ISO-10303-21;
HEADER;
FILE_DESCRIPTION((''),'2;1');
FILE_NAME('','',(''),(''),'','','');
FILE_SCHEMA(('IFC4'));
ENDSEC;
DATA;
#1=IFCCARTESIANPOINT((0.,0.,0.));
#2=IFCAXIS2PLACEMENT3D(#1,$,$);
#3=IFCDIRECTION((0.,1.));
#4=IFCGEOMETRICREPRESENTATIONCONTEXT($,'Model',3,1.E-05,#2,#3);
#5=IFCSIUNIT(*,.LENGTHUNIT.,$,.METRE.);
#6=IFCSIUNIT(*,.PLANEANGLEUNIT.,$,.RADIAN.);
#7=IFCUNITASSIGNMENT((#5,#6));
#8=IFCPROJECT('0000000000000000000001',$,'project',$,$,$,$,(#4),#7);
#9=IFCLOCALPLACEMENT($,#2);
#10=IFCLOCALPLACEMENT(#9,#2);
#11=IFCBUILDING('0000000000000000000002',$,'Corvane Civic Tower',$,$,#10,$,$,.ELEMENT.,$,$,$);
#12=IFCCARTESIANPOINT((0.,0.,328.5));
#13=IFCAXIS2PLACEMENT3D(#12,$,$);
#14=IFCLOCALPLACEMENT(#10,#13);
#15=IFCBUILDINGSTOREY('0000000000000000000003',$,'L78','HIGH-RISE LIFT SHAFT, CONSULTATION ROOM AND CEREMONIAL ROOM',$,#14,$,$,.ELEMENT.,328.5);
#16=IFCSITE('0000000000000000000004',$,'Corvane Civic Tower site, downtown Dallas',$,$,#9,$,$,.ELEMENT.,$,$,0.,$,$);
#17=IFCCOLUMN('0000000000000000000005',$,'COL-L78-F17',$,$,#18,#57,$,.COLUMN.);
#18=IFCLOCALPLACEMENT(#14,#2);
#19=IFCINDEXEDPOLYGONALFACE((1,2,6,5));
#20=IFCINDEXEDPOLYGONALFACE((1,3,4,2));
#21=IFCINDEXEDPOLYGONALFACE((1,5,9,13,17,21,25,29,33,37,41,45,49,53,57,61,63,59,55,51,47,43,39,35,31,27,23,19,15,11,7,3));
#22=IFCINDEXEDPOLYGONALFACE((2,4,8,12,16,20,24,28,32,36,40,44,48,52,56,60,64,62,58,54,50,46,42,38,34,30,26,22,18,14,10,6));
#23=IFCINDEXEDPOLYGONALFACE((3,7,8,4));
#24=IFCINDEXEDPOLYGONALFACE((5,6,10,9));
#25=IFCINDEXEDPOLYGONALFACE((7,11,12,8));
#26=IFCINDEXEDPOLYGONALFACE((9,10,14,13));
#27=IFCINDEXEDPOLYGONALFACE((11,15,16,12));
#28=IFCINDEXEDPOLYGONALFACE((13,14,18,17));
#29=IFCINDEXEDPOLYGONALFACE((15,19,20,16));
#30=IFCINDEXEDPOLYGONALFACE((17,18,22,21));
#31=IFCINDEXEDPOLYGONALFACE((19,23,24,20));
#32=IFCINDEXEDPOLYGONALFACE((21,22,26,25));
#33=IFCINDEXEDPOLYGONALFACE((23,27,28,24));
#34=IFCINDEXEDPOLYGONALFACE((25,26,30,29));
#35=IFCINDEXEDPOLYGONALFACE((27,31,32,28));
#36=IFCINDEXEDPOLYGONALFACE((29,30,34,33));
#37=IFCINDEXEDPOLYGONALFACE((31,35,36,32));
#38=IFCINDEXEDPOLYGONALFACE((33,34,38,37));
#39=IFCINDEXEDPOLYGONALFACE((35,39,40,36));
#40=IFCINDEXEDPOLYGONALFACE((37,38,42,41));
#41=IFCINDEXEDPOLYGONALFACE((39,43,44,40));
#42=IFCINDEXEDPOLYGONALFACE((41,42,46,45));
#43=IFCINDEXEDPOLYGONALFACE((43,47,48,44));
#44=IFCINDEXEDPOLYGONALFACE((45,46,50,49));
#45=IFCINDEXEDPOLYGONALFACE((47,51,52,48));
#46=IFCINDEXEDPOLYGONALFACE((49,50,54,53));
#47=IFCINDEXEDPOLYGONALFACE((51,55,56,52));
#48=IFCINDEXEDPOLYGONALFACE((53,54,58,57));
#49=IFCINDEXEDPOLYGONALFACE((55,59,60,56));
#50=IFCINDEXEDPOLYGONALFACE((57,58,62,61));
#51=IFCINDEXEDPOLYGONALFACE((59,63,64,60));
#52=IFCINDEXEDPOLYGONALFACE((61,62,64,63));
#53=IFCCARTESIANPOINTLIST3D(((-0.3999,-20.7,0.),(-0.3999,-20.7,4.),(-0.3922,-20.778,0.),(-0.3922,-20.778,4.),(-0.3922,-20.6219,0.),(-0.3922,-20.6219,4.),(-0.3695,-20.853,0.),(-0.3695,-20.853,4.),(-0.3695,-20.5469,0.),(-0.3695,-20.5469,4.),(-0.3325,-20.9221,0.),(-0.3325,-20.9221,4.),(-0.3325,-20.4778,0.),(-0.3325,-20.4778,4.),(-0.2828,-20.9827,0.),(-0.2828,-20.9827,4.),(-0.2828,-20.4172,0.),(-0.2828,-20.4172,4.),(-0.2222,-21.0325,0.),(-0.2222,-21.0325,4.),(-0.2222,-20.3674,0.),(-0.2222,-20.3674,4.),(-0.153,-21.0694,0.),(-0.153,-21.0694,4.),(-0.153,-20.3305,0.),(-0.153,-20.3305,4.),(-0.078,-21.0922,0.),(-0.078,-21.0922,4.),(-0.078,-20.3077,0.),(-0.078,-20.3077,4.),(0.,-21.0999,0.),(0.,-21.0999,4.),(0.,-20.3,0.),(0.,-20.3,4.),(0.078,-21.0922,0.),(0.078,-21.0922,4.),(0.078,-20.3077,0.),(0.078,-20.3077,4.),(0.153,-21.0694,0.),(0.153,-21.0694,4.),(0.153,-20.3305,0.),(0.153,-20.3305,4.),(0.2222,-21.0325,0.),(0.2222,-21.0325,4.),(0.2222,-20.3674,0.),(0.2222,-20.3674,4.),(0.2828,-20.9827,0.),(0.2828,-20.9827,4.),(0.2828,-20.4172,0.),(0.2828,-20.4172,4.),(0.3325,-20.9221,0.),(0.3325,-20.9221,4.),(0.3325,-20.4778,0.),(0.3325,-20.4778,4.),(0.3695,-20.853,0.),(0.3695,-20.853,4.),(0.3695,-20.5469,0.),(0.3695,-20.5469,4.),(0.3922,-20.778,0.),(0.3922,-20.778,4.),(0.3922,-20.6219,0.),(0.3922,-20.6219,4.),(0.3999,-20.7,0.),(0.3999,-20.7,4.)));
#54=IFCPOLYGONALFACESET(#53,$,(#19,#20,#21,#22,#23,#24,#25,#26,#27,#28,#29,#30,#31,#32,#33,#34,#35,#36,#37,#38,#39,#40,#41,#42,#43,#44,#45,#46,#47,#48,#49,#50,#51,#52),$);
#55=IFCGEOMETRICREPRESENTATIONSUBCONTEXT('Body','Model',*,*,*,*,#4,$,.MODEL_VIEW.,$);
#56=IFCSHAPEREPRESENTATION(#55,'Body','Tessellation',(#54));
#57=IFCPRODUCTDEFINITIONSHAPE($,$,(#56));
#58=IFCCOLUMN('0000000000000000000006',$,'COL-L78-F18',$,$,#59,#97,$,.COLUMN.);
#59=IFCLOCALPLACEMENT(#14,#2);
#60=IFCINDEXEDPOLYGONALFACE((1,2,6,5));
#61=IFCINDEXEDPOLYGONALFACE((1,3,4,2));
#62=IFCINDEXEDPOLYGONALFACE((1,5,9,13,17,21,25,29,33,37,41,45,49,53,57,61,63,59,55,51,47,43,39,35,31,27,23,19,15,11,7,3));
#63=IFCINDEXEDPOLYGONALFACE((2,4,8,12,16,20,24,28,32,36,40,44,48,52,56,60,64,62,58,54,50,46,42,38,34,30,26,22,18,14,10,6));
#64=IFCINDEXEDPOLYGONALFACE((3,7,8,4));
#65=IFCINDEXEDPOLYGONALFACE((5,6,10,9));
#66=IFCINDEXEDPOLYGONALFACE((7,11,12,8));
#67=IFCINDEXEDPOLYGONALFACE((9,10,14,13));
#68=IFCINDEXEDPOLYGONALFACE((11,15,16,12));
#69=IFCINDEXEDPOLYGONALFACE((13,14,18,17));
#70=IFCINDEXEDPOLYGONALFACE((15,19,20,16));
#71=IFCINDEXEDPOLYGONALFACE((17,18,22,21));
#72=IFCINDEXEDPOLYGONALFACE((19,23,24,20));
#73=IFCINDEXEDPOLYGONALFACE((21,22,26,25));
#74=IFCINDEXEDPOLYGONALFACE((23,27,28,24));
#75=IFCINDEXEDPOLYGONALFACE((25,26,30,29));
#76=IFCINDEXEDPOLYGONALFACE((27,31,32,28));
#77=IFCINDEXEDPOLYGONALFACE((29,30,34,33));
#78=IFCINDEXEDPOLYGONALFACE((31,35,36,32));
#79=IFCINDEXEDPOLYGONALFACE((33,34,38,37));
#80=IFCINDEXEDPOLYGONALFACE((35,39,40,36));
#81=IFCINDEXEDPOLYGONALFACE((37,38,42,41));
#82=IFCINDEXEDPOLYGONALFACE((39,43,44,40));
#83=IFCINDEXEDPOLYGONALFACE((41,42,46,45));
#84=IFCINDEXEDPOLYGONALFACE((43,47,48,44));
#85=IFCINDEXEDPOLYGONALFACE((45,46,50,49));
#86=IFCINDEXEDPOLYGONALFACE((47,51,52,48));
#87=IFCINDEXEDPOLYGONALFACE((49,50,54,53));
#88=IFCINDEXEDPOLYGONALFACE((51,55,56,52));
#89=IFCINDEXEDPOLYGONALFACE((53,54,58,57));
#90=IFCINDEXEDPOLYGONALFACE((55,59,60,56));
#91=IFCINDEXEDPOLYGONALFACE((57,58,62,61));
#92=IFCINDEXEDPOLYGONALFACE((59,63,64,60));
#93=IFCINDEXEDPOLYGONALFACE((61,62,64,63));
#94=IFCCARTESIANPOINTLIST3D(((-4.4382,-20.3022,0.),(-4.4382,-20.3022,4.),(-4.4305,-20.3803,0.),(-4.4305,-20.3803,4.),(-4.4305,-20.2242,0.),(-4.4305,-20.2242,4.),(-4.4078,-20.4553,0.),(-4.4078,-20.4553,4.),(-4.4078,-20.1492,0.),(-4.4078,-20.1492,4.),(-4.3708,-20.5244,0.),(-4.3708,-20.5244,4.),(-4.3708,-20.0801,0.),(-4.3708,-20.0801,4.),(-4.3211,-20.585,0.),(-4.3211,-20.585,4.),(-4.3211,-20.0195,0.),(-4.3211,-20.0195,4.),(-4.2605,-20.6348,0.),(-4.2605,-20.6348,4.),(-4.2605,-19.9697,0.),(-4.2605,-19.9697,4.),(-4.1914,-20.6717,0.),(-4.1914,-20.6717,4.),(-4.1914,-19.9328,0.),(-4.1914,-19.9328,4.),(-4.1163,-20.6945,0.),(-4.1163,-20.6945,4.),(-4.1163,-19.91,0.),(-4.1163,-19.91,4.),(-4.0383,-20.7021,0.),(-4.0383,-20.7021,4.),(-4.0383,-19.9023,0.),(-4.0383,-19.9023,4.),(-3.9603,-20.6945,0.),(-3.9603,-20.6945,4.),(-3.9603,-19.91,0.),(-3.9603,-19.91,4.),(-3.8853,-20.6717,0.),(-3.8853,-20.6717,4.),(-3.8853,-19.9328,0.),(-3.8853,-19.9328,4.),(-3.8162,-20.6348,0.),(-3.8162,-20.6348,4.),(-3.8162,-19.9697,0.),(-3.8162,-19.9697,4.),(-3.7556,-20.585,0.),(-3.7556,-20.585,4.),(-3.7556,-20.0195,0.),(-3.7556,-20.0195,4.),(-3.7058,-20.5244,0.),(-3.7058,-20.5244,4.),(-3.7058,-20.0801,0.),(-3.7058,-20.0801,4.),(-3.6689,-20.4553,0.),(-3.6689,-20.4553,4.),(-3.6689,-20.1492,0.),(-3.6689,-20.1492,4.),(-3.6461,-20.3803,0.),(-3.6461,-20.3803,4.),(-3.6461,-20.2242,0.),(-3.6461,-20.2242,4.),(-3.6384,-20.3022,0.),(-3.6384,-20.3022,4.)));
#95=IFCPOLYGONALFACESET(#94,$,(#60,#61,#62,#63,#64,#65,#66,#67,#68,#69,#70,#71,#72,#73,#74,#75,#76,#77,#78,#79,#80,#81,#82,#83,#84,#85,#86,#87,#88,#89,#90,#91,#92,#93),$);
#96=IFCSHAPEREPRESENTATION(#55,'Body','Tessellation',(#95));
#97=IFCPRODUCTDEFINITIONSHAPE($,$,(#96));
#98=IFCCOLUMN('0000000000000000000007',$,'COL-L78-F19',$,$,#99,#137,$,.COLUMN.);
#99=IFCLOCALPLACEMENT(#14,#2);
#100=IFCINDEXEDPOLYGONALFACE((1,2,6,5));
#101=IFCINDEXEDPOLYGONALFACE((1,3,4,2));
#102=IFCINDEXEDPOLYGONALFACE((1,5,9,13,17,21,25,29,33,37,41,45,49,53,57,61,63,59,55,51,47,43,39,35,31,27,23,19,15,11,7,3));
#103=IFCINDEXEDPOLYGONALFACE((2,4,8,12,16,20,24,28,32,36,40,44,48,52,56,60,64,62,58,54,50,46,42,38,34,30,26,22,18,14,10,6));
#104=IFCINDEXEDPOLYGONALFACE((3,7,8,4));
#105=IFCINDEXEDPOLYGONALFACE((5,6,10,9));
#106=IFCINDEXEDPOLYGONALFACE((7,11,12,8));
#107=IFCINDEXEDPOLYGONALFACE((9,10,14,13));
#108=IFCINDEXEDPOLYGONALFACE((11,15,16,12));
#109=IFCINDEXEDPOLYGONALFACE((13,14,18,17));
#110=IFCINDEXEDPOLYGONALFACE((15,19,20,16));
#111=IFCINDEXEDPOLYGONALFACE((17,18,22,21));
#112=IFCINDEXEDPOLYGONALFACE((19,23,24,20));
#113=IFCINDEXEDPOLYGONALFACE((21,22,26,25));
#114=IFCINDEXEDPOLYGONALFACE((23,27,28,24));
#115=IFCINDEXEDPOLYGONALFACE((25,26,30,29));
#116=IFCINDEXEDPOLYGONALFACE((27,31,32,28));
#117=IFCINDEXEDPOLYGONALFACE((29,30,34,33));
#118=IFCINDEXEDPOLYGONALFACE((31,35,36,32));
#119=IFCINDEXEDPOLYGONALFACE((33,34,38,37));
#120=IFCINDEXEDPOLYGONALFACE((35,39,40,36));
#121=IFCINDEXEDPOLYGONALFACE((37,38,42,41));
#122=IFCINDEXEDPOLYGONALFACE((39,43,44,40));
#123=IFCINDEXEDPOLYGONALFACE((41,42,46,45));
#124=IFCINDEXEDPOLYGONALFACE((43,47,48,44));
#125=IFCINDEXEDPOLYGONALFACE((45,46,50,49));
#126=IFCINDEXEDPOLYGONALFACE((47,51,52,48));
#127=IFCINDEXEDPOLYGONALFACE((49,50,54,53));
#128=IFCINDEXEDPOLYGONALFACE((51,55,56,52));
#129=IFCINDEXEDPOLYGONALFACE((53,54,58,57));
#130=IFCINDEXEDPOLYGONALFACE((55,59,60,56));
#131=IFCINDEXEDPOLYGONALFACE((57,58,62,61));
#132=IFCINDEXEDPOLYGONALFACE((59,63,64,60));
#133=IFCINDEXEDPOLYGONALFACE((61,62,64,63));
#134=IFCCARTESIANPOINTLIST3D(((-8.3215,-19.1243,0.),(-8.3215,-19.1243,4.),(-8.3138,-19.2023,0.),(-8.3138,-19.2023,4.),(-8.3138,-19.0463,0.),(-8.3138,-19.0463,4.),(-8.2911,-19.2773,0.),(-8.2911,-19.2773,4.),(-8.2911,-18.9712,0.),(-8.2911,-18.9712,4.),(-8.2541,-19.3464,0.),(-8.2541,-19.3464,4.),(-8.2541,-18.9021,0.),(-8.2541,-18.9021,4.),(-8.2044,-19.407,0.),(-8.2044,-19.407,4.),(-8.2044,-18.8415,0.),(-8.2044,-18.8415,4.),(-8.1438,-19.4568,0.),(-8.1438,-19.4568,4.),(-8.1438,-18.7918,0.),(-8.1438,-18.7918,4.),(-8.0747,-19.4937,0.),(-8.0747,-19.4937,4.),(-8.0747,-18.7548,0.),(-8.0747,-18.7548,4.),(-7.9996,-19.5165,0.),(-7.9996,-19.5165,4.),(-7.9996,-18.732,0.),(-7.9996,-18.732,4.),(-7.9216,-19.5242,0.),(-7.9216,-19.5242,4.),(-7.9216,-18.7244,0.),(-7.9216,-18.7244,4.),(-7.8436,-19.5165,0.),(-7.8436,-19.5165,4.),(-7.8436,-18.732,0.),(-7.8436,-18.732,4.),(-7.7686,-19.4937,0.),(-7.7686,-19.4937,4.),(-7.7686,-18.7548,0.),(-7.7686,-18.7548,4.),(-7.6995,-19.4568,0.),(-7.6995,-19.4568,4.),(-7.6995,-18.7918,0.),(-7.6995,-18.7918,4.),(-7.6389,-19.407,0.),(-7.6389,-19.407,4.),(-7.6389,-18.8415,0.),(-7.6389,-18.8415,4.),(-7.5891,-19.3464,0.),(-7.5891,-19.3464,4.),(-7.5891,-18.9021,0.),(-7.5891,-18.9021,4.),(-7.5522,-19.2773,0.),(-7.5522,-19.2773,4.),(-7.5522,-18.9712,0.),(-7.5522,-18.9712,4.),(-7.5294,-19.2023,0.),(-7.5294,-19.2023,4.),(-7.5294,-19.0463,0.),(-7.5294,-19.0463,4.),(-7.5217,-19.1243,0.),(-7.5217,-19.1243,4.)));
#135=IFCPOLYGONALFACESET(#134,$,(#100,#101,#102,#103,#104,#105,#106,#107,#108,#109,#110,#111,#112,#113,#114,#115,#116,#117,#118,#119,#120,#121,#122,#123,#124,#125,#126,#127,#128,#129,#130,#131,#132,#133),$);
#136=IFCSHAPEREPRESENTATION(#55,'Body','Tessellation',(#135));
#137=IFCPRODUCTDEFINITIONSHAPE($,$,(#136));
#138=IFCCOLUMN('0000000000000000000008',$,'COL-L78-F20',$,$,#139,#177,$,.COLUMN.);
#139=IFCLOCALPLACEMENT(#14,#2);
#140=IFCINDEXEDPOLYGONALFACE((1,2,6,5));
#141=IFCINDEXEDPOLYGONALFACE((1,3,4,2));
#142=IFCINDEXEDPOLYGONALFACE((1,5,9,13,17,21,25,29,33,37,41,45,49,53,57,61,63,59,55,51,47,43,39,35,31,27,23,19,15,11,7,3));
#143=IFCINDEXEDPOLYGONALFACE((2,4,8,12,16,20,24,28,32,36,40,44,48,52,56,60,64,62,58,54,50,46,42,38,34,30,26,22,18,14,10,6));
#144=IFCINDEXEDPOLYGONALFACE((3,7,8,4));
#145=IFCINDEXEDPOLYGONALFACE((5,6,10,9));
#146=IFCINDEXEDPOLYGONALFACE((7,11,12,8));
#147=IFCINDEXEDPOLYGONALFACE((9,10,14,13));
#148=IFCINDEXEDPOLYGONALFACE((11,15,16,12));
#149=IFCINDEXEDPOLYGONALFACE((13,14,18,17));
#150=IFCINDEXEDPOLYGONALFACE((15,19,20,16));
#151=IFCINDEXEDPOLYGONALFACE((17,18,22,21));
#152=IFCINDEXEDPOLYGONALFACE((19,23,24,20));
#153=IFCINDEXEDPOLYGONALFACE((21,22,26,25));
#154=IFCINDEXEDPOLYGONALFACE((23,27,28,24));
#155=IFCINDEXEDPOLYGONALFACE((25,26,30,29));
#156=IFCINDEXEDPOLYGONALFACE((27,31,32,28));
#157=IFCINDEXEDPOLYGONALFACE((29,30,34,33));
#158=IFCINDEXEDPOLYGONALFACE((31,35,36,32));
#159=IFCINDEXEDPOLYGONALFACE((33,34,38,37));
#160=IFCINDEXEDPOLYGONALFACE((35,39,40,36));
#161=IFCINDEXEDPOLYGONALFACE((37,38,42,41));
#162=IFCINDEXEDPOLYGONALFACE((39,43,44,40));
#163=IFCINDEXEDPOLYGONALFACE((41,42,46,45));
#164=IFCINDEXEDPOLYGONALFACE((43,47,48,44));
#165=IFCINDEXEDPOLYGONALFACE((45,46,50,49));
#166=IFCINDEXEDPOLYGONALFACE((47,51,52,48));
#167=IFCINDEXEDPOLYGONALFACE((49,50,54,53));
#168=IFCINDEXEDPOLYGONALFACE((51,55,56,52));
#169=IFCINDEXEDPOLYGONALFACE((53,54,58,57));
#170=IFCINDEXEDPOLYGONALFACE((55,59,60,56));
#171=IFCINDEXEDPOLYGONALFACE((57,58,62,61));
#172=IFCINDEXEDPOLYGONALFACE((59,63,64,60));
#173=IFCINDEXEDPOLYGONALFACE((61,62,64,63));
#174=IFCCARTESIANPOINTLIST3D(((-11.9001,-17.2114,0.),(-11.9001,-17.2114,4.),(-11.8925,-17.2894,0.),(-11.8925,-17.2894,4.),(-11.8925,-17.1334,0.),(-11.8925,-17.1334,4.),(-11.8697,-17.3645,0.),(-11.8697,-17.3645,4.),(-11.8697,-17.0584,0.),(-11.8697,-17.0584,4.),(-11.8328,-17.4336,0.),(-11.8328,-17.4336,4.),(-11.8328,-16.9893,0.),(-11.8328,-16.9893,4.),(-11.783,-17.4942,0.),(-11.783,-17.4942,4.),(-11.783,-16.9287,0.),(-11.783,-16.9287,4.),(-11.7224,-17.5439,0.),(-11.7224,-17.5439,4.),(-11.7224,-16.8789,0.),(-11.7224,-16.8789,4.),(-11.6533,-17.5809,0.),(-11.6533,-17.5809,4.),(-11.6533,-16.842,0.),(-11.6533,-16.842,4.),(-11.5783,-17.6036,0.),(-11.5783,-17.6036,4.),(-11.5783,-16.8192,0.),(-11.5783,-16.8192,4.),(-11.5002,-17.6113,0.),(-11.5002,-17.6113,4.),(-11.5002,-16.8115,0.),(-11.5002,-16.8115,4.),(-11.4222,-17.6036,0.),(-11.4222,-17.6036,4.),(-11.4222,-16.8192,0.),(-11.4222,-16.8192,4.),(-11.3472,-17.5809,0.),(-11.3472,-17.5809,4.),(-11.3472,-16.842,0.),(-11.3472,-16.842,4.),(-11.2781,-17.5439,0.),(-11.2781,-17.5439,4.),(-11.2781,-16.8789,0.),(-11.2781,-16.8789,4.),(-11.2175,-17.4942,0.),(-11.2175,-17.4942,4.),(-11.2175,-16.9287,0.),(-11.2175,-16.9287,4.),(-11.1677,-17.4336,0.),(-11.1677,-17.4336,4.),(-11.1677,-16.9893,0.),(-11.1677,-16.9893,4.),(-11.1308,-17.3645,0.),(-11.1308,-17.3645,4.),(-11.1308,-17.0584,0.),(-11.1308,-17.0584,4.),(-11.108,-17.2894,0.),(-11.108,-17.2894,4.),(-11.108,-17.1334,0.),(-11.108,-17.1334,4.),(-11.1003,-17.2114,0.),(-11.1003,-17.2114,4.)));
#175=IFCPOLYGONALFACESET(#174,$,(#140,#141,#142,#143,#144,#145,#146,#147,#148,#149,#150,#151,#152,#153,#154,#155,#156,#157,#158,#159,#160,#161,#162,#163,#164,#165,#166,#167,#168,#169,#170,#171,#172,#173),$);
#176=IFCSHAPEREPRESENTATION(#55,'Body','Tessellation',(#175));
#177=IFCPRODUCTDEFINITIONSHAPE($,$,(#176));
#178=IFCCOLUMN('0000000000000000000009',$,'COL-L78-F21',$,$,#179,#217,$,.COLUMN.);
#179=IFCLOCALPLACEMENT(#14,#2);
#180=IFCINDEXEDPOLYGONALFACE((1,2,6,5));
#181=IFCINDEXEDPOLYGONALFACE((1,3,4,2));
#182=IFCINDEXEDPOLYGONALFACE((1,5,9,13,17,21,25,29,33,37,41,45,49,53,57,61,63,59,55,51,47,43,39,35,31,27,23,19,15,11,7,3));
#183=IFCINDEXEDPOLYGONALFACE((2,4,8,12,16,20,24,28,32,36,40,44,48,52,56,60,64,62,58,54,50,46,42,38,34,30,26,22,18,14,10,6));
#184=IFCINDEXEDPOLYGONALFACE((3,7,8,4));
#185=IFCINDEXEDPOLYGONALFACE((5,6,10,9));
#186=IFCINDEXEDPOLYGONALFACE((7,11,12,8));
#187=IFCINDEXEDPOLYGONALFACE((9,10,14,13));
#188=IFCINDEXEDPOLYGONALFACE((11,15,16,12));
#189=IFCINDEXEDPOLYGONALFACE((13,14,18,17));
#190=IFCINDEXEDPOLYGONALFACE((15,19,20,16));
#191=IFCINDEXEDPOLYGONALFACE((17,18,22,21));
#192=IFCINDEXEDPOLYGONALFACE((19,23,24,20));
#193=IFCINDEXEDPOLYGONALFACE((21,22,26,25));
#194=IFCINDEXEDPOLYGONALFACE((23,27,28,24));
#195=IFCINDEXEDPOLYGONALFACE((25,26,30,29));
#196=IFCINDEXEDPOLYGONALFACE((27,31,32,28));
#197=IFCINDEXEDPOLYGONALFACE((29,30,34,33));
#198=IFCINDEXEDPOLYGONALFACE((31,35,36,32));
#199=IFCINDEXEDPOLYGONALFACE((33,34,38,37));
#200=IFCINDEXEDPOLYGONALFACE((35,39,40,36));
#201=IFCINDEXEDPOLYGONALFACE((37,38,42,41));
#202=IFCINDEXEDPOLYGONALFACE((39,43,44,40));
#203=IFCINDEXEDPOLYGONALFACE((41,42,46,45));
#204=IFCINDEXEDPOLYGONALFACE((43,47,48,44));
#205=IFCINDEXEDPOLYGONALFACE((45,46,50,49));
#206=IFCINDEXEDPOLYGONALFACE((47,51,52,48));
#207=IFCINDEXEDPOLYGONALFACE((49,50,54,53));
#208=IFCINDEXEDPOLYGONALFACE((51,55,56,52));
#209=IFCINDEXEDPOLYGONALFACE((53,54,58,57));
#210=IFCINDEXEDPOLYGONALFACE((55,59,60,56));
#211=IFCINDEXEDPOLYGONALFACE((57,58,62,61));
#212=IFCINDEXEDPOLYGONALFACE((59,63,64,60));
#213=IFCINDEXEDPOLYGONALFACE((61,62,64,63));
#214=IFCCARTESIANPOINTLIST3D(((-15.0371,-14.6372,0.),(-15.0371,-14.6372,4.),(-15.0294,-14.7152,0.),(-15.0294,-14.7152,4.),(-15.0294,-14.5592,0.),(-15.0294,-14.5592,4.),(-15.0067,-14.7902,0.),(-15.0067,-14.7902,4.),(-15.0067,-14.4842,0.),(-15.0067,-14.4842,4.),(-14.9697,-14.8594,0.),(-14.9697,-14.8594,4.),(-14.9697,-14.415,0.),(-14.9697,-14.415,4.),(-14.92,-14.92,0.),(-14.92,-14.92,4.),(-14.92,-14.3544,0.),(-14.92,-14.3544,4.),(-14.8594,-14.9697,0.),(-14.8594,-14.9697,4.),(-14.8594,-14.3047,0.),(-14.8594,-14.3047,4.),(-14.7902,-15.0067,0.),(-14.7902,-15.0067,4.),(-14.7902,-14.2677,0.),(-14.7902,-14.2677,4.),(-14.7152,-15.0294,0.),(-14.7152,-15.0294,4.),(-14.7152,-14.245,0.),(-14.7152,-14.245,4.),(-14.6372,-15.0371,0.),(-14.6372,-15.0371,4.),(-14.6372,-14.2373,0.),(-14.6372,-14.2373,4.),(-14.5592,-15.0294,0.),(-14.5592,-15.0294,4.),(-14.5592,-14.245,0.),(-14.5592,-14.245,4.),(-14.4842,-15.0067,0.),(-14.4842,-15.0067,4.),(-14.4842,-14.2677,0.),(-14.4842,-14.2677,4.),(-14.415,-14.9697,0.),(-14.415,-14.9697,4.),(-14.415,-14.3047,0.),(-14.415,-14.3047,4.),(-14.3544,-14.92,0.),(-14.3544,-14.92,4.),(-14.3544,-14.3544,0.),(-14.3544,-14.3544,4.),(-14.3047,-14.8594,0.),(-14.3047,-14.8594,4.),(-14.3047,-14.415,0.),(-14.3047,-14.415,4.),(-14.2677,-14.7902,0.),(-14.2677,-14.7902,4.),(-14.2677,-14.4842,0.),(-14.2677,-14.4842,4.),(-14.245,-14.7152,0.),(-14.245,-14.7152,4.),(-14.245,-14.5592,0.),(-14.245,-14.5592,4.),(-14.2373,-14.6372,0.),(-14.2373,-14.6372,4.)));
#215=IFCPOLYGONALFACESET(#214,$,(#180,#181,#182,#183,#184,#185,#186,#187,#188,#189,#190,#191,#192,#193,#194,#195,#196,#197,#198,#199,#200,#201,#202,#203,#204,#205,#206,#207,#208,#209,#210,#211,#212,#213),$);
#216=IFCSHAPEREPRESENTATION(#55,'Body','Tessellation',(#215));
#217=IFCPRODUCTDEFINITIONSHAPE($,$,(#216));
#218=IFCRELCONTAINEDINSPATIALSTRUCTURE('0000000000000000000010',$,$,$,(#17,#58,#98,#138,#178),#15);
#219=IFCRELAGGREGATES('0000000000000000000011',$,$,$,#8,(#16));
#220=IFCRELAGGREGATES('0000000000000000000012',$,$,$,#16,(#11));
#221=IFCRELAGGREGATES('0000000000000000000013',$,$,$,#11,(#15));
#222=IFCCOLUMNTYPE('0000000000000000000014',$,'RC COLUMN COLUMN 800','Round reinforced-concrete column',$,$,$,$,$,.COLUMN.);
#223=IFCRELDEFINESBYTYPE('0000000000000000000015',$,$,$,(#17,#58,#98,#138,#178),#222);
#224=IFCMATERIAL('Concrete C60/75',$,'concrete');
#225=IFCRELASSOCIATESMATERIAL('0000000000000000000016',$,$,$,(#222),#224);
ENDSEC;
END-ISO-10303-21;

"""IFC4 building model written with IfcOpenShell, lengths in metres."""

from ifc_helpers import new_model, si_unit, direction, frame, origin, origin_2d, place, context, subcontext, project, spatial, circle, extrude, material, material_profile, profile_set, type_object, element, save


model = new_model("IFC4")

# Units and contexts
model_context = context("Model", 3, precision=1e-05, world=origin(), true_north=direction((0.0, 1.0)))
body_context = subcontext(model_context, "Body", "Model", "MODEL_VIEW")
ifc_project = project(units=[si_unit("LENGTHUNIT", "METRE"), si_unit("PLANEANGLEUNIT", "RADIAN")], contexts=[model_context])

# Site, building, storey
site_placement = place(None, origin())
site = spatial("IfcSite", under=ifc_project, at=site_placement, Name="Corvane Civic Tower site, downtown Dallas", CompositionType="ELEMENT", RefElevation=0.0)
building_placement = place(site_placement, origin())
building = spatial("IfcBuilding", under=site, at=building_placement, Name="Corvane Civic Tower", CompositionType="ELEMENT")
storey_placement = place(building_placement, frame((0.0, 0.0, 328.5)))
storey = spatial("IfcBuildingStorey", under=building, at=storey_placement, Name="L78", Description="HIGH-RISE LIFT SHAFT, CONSULTATION ROOM AND CEREMONIAL ROOM", CompositionType="ELEMENT", Elevation=328.5)

# Columns
ifc_material_1 = material(Name="Concrete C60/75", Category="concrete")
ifc_material_profile_1 = material_profile(ifc_material_1, circle(Radius=0.3999, at=origin_2d()), Name="COLUMN 800")
ifc_profile_set_1 = profile_set([ifc_material_profile_1], Name="Concrete C60/75")
column_type = type_object("IfcColumnType", Name="RC COLUMN COLUMN 800", Description="Round reinforced-concrete column", PredefinedType="COLUMN", material=ifc_profile_set_1)
for number, where, z_axis, x_axis, name in (
    (1, (0.0, -20.7, 0.0), (0.0, 0.0, 1.0), (1.0, 0.0, 0.0), "COL-L78-F17"),
    (2, (-4.0383, -20.3022, 0.0), (0.0, 0.0, 1.0), (1.0, 0.0, 0.0), "COL-L78-F18"),
    (3, (-7.9216, -19.1243, 0.0), (0.0, 0.0, 1.0), (1.0, 0.0, 0.0), "COL-L78-F19"),
    (4, (-11.5002, -17.2114, 0.0), (0.0, 0.0, 1.0), (1.0, 0.0, 0.0), "COL-L78-F20"),
    (5, (-14.6372, -14.6372, 0.0), (0.0, 0.0, 1.0), (1.0, 0.0, 0.0), "COL-L78-F21"),
):
    element("IfcColumn", number, at=place(storey_placement, frame(where, z_axis=z_axis, x_axis=x_axis)), inside=storey, type_object=column_type, Name=name, PredefinedType="COLUMN", context=body_context, shape_type="SweptSolid", body=[
        extrude(circle(Radius=0.3999, at=origin_2d()), origin(), (0.0, 0.0, 1.0), 4.0),
    ])

save(model, "model.ifc")
